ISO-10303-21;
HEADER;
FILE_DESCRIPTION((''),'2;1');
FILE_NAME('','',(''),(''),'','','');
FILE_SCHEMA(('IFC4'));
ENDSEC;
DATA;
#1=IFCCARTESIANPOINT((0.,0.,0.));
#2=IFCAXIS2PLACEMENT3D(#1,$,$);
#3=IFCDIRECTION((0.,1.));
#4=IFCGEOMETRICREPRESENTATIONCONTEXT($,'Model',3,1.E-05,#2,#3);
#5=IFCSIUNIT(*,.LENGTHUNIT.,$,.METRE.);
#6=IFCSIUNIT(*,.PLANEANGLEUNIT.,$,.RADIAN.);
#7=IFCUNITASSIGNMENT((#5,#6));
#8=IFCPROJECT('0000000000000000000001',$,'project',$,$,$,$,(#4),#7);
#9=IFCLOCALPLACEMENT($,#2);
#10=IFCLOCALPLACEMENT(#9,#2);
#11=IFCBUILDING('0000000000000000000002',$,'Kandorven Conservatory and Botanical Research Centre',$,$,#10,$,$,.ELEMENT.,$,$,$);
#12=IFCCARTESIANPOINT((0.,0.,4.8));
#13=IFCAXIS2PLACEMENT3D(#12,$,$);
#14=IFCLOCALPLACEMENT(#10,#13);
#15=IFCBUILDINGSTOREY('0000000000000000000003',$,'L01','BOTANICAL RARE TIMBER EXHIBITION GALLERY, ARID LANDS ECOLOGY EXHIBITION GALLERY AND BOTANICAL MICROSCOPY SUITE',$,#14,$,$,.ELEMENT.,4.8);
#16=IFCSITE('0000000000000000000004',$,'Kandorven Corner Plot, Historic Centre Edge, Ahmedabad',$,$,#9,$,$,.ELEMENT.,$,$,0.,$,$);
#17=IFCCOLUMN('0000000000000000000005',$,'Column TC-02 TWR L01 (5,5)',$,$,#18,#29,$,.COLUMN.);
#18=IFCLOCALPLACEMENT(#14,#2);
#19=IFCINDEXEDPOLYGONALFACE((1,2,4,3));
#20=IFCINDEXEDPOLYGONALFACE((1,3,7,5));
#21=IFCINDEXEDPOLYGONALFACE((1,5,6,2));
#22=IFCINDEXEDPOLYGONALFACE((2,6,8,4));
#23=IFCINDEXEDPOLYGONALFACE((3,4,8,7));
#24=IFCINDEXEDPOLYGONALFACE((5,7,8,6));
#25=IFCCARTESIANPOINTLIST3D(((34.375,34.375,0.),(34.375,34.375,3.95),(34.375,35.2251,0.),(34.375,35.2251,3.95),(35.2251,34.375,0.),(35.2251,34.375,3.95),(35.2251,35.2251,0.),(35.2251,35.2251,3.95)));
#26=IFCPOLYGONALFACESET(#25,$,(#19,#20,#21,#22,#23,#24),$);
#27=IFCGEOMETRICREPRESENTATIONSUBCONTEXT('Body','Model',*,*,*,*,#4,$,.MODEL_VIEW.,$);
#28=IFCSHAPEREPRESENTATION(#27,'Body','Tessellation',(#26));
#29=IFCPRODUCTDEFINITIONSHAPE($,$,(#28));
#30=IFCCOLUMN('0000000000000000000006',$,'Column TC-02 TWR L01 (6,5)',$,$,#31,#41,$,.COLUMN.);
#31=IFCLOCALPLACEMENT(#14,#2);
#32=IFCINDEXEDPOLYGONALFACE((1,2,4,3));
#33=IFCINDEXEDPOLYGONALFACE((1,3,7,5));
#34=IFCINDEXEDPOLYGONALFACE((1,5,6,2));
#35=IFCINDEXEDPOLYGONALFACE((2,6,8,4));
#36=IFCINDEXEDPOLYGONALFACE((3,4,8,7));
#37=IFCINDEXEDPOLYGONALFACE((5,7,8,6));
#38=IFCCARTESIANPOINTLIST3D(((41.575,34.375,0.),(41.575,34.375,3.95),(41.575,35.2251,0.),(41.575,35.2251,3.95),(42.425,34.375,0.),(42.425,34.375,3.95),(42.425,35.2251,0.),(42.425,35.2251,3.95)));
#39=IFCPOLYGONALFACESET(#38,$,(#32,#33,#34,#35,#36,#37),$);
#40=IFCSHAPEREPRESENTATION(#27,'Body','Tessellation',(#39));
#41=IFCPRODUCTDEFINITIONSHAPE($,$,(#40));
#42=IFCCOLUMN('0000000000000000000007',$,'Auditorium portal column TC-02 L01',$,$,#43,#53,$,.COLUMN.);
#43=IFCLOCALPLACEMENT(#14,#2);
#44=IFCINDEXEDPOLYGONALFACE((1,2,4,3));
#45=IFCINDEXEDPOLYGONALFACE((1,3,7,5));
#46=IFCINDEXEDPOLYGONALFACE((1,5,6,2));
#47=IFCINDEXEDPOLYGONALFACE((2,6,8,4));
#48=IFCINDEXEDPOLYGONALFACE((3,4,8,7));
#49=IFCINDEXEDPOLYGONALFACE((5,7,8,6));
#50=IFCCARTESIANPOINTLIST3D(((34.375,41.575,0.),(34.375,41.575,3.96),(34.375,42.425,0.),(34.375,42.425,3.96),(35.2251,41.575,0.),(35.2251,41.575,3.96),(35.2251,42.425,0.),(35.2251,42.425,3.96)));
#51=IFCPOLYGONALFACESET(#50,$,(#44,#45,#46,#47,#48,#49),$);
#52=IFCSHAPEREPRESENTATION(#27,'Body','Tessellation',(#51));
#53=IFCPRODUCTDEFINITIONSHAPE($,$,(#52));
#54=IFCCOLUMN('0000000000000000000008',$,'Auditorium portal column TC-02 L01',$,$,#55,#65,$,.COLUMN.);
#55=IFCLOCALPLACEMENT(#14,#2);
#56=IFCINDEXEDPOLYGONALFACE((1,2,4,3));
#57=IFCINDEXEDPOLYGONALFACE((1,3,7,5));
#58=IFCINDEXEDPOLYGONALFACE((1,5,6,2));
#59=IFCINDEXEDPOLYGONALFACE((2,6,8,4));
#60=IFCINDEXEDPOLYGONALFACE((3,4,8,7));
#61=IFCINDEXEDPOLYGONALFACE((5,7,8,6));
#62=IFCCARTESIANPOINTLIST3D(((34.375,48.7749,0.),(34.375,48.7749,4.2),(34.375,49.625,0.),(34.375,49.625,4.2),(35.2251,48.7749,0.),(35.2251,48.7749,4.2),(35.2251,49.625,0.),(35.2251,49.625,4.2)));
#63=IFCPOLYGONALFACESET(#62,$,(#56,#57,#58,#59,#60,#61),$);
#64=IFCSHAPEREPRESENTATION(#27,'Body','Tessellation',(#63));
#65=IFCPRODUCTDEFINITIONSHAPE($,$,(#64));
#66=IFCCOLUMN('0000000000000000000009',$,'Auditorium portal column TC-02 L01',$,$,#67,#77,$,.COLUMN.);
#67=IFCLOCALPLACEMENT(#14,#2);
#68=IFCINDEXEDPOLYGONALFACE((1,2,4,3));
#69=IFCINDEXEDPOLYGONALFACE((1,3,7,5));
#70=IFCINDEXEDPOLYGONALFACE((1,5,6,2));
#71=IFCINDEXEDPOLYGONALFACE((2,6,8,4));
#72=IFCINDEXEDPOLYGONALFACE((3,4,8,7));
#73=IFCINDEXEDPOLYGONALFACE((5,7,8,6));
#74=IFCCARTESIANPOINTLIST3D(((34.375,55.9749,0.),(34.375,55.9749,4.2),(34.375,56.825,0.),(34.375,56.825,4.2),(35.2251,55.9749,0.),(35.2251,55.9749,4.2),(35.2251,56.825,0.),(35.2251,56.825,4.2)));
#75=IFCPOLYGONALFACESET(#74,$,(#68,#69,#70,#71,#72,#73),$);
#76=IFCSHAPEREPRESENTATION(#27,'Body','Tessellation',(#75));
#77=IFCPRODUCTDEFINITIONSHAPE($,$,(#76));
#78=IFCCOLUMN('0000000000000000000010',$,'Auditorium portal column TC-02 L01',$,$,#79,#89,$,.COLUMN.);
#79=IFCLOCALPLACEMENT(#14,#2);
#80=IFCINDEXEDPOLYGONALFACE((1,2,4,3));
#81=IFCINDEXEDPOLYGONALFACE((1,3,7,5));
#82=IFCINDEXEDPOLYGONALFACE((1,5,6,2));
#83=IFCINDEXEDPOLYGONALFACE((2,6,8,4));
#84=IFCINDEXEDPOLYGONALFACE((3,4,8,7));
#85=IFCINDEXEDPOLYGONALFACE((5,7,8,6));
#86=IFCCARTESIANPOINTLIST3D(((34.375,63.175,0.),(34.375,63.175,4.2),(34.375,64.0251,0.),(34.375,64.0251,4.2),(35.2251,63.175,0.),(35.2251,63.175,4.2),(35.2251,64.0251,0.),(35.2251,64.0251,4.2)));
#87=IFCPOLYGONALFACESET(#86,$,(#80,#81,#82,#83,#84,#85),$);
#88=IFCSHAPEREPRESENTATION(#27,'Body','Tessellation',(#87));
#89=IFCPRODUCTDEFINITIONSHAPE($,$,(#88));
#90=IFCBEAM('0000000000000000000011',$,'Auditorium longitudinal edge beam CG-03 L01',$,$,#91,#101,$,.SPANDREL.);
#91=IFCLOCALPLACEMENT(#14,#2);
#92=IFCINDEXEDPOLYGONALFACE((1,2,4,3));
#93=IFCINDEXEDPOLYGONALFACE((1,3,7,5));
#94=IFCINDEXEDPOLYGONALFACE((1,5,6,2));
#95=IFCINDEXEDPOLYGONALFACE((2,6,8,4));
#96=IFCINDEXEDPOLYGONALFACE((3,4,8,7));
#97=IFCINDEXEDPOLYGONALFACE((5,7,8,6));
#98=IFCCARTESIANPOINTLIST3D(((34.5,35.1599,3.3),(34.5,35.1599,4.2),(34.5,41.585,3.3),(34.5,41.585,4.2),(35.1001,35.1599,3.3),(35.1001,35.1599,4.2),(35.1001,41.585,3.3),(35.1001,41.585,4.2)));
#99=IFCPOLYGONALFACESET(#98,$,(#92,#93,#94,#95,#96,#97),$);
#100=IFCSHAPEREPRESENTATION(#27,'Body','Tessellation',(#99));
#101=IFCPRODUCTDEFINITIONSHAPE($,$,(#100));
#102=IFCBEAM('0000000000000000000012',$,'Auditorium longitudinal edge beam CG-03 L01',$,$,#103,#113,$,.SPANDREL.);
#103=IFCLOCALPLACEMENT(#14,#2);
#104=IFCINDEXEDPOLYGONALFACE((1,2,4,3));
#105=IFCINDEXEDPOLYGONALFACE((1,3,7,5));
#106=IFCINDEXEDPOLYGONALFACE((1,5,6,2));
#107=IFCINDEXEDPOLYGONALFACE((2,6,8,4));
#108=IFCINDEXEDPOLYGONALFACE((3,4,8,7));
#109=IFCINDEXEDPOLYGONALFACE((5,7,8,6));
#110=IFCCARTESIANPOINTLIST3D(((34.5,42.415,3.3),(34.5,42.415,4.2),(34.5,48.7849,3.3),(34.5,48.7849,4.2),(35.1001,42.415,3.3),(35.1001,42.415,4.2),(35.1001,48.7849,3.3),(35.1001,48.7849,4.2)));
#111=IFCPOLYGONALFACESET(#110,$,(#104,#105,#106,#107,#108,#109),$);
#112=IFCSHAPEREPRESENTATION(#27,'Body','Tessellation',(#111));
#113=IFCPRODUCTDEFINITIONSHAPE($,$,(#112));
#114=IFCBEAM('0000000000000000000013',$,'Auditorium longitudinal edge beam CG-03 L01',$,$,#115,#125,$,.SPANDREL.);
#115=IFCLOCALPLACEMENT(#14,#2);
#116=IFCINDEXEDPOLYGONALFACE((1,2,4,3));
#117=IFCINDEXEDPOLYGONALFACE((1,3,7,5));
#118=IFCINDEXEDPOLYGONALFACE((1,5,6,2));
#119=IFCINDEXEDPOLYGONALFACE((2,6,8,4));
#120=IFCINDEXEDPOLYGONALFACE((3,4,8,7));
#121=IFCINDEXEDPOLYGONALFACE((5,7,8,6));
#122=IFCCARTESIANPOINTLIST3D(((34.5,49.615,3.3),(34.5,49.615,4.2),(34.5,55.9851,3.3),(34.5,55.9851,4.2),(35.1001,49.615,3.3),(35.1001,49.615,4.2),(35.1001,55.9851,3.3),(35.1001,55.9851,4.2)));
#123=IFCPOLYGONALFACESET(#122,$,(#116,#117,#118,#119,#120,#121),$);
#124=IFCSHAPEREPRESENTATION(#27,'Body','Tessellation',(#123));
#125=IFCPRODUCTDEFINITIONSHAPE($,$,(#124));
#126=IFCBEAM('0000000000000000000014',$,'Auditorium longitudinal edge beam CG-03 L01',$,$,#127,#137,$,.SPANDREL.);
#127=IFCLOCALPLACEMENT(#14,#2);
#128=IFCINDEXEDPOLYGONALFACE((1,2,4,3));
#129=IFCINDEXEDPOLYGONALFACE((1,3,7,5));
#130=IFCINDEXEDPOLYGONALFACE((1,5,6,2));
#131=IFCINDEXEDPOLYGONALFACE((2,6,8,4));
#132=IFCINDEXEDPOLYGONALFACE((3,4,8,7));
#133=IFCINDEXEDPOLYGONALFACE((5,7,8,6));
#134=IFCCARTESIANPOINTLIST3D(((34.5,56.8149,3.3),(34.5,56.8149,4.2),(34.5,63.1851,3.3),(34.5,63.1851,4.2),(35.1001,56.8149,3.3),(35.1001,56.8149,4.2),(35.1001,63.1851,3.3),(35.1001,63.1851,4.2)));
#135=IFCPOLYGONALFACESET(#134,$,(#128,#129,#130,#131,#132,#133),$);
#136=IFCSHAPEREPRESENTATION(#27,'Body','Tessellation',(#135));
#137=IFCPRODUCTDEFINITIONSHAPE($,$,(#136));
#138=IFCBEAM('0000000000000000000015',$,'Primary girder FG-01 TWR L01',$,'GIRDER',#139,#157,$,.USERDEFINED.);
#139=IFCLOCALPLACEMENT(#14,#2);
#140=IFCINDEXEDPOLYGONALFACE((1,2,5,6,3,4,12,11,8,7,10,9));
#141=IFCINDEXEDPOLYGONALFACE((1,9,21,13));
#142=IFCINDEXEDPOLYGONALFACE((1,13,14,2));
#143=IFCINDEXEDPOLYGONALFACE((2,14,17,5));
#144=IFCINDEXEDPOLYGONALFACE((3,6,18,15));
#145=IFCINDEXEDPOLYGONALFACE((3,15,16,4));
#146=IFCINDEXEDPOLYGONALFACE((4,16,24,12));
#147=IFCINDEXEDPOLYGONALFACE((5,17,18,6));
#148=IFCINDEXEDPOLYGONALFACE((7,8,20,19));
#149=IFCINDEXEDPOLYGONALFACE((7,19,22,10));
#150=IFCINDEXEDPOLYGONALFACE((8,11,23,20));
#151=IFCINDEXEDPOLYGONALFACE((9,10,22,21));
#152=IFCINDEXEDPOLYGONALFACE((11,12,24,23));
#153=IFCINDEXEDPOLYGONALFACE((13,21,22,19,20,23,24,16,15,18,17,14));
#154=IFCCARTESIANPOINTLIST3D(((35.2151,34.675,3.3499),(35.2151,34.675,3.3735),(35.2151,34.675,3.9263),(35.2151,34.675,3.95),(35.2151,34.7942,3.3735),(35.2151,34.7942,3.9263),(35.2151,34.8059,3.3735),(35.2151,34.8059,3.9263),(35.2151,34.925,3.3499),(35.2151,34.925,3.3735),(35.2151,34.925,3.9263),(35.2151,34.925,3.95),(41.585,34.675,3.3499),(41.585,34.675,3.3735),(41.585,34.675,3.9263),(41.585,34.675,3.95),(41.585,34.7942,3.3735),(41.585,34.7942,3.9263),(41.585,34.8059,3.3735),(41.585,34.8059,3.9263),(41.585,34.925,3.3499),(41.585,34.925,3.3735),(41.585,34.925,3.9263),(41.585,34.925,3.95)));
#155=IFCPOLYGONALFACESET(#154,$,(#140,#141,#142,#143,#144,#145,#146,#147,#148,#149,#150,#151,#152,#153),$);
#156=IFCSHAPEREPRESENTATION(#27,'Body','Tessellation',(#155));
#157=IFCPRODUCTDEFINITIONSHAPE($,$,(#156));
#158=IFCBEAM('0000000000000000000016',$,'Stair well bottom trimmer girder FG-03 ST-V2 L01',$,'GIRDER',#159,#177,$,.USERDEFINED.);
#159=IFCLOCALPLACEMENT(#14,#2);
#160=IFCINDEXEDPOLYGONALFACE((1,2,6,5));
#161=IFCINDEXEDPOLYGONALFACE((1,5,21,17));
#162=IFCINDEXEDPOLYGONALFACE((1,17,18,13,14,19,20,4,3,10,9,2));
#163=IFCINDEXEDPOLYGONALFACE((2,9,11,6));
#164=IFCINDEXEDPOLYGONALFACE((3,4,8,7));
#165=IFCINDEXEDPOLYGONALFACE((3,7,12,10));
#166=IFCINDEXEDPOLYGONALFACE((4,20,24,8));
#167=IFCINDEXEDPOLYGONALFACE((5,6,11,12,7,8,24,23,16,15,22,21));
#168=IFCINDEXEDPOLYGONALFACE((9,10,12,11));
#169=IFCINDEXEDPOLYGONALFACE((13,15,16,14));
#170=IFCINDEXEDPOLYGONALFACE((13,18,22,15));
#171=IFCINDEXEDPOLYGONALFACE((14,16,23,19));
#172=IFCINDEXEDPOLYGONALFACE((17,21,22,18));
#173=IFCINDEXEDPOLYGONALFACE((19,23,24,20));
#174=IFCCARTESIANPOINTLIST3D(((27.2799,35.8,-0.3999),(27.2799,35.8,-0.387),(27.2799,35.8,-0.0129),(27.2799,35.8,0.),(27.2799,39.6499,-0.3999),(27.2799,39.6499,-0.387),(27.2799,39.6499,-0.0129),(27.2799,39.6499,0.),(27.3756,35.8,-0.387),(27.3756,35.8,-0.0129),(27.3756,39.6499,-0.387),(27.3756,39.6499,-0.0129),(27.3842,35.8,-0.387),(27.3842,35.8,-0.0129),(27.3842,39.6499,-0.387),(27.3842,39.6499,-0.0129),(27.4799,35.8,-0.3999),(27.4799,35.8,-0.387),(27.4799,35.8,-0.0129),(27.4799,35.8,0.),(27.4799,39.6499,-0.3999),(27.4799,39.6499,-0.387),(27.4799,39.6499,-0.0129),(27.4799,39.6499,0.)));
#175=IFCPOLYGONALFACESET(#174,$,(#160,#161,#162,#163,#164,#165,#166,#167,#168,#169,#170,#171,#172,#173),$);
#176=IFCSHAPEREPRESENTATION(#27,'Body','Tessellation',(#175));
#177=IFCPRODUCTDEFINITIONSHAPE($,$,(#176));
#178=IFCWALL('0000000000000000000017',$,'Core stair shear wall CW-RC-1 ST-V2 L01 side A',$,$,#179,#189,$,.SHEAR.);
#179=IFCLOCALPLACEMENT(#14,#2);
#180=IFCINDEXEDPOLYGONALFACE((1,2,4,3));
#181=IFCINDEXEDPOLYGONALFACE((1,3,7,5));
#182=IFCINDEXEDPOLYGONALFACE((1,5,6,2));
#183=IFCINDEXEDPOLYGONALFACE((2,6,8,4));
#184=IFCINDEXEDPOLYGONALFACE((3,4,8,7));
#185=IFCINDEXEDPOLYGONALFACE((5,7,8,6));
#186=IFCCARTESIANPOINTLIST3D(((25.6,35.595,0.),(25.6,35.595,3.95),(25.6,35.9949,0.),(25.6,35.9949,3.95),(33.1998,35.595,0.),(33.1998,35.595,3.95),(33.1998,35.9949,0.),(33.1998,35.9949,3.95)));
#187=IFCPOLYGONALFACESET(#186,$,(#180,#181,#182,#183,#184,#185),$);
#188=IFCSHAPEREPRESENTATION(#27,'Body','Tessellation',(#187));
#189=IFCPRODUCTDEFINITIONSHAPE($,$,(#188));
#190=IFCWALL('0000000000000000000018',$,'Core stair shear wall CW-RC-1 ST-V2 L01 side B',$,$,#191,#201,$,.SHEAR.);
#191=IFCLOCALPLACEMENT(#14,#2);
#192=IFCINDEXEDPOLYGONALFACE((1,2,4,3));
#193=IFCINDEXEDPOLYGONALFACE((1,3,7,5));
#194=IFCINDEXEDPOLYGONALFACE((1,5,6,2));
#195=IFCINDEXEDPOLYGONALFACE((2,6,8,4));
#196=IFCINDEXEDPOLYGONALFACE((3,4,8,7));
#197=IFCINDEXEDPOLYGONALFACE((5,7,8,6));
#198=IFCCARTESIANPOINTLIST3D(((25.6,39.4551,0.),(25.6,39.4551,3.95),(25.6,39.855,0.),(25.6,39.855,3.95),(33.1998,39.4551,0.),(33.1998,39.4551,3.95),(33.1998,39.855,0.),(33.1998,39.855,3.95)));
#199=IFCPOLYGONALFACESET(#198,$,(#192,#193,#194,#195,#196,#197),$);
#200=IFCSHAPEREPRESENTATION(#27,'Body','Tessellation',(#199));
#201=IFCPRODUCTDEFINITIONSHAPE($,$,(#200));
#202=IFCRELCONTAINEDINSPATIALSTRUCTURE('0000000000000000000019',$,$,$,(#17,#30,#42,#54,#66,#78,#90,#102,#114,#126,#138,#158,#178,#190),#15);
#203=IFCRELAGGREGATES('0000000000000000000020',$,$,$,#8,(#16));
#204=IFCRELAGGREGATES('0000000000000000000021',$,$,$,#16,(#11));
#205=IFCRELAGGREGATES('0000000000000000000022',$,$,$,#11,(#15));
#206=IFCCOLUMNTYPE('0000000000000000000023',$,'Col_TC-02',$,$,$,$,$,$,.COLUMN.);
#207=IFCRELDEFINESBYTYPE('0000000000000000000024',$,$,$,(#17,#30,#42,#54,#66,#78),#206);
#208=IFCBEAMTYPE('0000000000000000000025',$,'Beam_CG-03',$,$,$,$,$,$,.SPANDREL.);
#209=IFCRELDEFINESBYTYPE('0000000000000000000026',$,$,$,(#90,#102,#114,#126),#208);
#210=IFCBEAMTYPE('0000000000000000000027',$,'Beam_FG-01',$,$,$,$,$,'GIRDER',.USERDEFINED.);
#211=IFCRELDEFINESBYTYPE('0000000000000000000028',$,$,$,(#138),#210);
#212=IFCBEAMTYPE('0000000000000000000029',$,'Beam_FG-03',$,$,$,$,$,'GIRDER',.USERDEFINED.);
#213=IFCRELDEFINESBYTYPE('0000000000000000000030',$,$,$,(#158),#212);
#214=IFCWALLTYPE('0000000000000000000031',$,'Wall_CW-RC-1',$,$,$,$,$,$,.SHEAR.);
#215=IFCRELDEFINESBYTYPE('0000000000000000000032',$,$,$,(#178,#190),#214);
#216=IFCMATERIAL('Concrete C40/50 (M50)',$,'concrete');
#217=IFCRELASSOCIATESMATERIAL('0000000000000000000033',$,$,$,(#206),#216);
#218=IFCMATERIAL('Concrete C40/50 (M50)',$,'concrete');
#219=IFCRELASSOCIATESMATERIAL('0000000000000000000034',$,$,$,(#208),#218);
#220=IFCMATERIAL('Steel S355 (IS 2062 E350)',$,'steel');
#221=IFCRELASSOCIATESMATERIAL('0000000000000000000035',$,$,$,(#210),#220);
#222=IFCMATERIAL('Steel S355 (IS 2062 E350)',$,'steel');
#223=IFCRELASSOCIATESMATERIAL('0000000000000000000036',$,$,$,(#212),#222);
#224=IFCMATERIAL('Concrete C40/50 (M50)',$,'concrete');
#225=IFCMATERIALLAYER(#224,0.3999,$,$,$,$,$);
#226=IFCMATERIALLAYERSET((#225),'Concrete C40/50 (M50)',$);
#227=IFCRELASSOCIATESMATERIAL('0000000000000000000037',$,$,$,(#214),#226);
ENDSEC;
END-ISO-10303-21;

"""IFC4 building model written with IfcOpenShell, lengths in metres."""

from ifc_helpers import new_model, si_unit, direction, frame, frame_2d, origin, origin_2d, place, context, subcontext, project, spatial, rectangle, i_section, extrude, material, layer, layer_set, material_profile, profile_set, type_object, element, save


model = new_model("IFC4")

# Units and contexts
model_context = context("Model", 3, precision=1e-05, world=origin(), true_north=direction((0.0, 1.0)))
body_context = subcontext(model_context, "Body", "Model", "MODEL_VIEW")
ifc_project = project(units=[si_unit("LENGTHUNIT", "METRE"), si_unit("PLANEANGLEUNIT", "RADIAN")], contexts=[model_context])

# Site, building, storey
site_placement = place(None, origin())
site = spatial("IfcSite", under=ifc_project, at=site_placement, Name="Kandorven Corner Plot, Historic Centre Edge, Ahmedabad", CompositionType="ELEMENT", RefElevation=0.0)
building_placement = place(site_placement, origin())
building = spatial("IfcBuilding", under=site, at=building_placement, Name="Kandorven Conservatory and Botanical Research Centre", CompositionType="ELEMENT")
storey_placement = place(building_placement, frame((0.0, 0.0, 4.8)))
storey = spatial("IfcBuildingStorey", under=building, at=storey_placement, Name="L01", Description="BOTANICAL RARE TIMBER EXHIBITION GALLERY, ARID LANDS ECOLOGY EXHIBITION GALLERY AND BOTANICAL MICROSCOPY SUITE", CompositionType="ELEMENT", Elevation=4.8)

# Columns
ifc_material_1 = material(Name="Concrete C40/50 (M50)", Category="concrete")
ifc_material_profile_1 = material_profile(ifc_material_1, rectangle(XDim=0.8501, YDim=0.8501, at=origin_2d()))
ifc_profile_set_1 = profile_set([ifc_material_profile_1], Name="Concrete C40/50 (M50)")
column_type = type_object("IfcColumnType", Name="Col_TC-02", PredefinedType="COLUMN", material=ifc_profile_set_1)
for number, where, z_axis, x_axis, name in (
    (1, (34.8, 34.8, 0.0), (0.0, 0.0, 1.0), (1.0, 0.0, 0.0), "Column TC-02 TWR L01 (5,5)"),
    (2, (42.0, 34.8, 0.0), (0.0, 0.0, 1.0), (1.0, 0.0, 0.0), "Column TC-02 TWR L01 (6,5)"),
):
    element("IfcColumn", number, at=place(storey_placement, frame(where, z_axis=z_axis, x_axis=x_axis)), inside=storey, type_object=column_type, Name=name, PredefinedType="COLUMN", context=body_context, shape_type="SweptSolid", body=[
        extrude(rectangle(XDim=0.8501, YDim=0.8501, at=origin_2d()), origin(), (0.0, 0.0, 1.0), 3.95),
    ])
column_placement = place(storey_placement, frame((34.8, 42.0, 0.0), z_axis=(0.0, 0.0, 1.0), x_axis=(1.0, 0.0, 0.0)))
element("IfcColumn", 3, at=column_placement, inside=storey, type_object=column_type, Name="Auditorium portal column TC-02 L01", PredefinedType="COLUMN", context=body_context, shape_type="SweptSolid", body=[
    extrude(rectangle(XDim=0.8501, YDim=0.8501, at=origin_2d()), origin(), (0.0, 0.0, 1.0), 3.96),
])
for number, where, z_axis, x_axis, name in (
    (4, (34.8, 49.2, 0.0), (0.0, 0.0, 1.0), (1.0, 0.0, 0.0), "Auditorium portal column TC-02 L01"),
    (5, (34.8, 56.3999, 0.0), (0.0, 0.0, 1.0), (1.0, 0.0, 0.0), "Auditorium portal column TC-02 L01"),
    (6, (34.8, 63.6001, 0.0), (0.0, 0.0, 1.0), (1.0, 0.0, 0.0), "Auditorium portal column TC-02 L01"),
):
    element("IfcColumn", number, at=place(storey_placement, frame(where, z_axis=z_axis, x_axis=x_axis)), inside=storey, type_object=column_type, Name=name, PredefinedType="COLUMN", context=body_context, shape_type="SweptSolid", body=[
        extrude(rectangle(XDim=0.8501, YDim=0.8501, at=origin_2d()), origin(), (0.0, 0.0, 1.0), 4.2),
    ])

# Beams
ifc_material_2 = material(Name="Concrete C40/50 (M50)", Category="concrete")
ifc_material_profile_2 = material_profile(ifc_material_2, rectangle(XDim=0.6001, YDim=0.8999, at=origin_2d()))
ifc_profile_set_2 = profile_set([ifc_material_profile_2], Name="Concrete C40/50 (M50)")
beam_type_1 = type_object("IfcBeamType", Name="Beam_CG-03", PredefinedType="SPANDREL", material=ifc_profile_set_2)
beam_1_placement = place(storey_placement, frame((34.8, 35.1599, 3.75), z_axis=(0.0, 1.0, 0.0), x_axis=(-1.0, 0.0, 0.0)))
element("IfcBeam", 7, at=beam_1_placement, inside=storey, type_object=beam_type_1, Name="Auditorium longitudinal edge beam CG-03 L01", PredefinedType="SPANDREL", context=body_context, shape_type="SweptSolid", body=[
    extrude(rectangle(XDim=0.6001, YDim=0.8999, at=origin_2d()), origin(), (0.0, 0.0, 1.0), 6.425),
])
beam_2_placement = place(storey_placement, frame((34.8, 42.415, 3.75), z_axis=(0.0, 1.0, 0.0), x_axis=(-1.0, 0.0, 0.0)))
element("IfcBeam", 8, at=beam_2_placement, inside=storey, type_object=beam_type_1, Name="Auditorium longitudinal edge beam CG-03 L01", PredefinedType="SPANDREL", context=body_context, shape_type="SweptSolid", body=[
    extrude(rectangle(XDim=0.6001, YDim=0.8999, at=origin_2d()), origin(), (0.0, 0.0, 1.0), 6.3699),
])
for number, where, z_axis, x_axis, name in (
    (9, (34.8, 49.615, 3.75), (0.0, 1.0, 0.0), (-1.0, 0.0, 0.0), "Auditorium longitudinal edge beam CG-03 L01"),
    (10, (34.8, 56.8149, 3.75), (0.0, 1.0, 0.0), (-1.0, 0.0, 0.0), "Auditorium longitudinal edge beam CG-03 L01"),
):
    element("IfcBeam", number, at=place(storey_placement, frame(where, z_axis=z_axis, x_axis=x_axis)), inside=storey, type_object=beam_type_1, Name=name, PredefinedType="SPANDREL", context=body_context, shape_type="SweptSolid", body=[
        extrude(rectangle(XDim=0.6001, YDim=0.8999, at=origin_2d()), origin(), (0.0, 0.0, 1.0), 6.3701),
    ])
ifc_material_3 = material(Name="Steel S355 (IS 2062 E350)", Category="steel")
ifc_material_profile_3 = material_profile(ifc_material_3, i_section(OverallWidth=0.25, OverallDepth=0.6001, WebThickness=0.0117, FlangeThickness=0.0237, at=origin_2d()))
ifc_profile_set_3 = profile_set([ifc_material_profile_3], Name="Steel S355 (IS 2062 E350)")
beam_type_2 = type_object("IfcBeamType", Name="Beam_FG-01", ElementType="GIRDER", PredefinedType="USERDEFINED", material=ifc_profile_set_3)
beam_3_placement = place(storey_placement, frame((35.2151, 34.8, 3.6499), z_axis=(1.0, 0.0, 0.0), x_axis=(0.0, 1.0, 0.0)))
element("IfcBeam", 11, at=beam_3_placement, inside=storey, type_object=beam_type_2, Name="Primary girder FG-01 TWR L01", ObjectType="GIRDER", PredefinedType="USERDEFINED", context=body_context, shape_type="SweptSolid", body=[
    extrude(i_section(OverallWidth=0.25, OverallDepth=0.6001, WebThickness=0.0117, FlangeThickness=0.0237, at=origin_2d()), origin(), (0.0, 0.0, 1.0), 6.3699),
])
ifc_material_4 = material(Name="Steel S355 (IS 2062 E350)", Category="steel")
ifc_material_profile_4 = material_profile(ifc_material_4, i_section(OverallWidth=0.2, OverallDepth=0.3999, WebThickness=0.0085, FlangeThickness=0.0129, at=origin_2d()))
ifc_profile_set_4 = profile_set([ifc_material_profile_4], Name="Steel S355 (IS 2062 E350)")
beam_type_3 = type_object("IfcBeamType", Name="Beam_FG-03", ElementType="GIRDER", PredefinedType="USERDEFINED", material=ifc_profile_set_4)
beam_4_placement = place(storey_placement, frame((27.3799, 35.8, -0.2), z_axis=(0.0, 1.0, 0.0), x_axis=(-1.0, 0.0, 0.0)))
element("IfcBeam", 12, at=beam_4_placement, inside=storey, type_object=beam_type_3, Name="Stair well bottom trimmer girder FG-03 ST-V2 L01", ObjectType="GIRDER", PredefinedType="USERDEFINED", context=body_context, shape_type="SweptSolid", body=[
    extrude(i_section(OverallWidth=0.2, OverallDepth=0.3999, WebThickness=0.0085, FlangeThickness=0.0129, at=origin_2d()), origin(), (0.0, 0.0, 1.0), 3.8499),
])

# Walls
ifc_material_5 = material(Name="Concrete C40/50 (M50)", Category="concrete")
ifc_layer_1 = layer(ifc_material_5, 0.3999)
ifc_layer_set_1 = layer_set([ifc_layer_1], Name="Concrete C40/50 (M50)")
wall_type_1 = type_object("IfcWallType", Name="Wall_CW-RC-1", PredefinedType="SHEAR", material=ifc_layer_set_1)
for number, where, z_axis, x_axis, name in (
    (13, (25.6001, 35.7949, 0.0), (0.0, 0.0, 1.0), (1.0, 0.0, 0.0), "Core stair shear wall CW-RC-1 ST-V2 L01 side A"),
    (14, (25.6001, 39.655, 0.0), (0.0, 0.0, 1.0), (1.0, 0.0, 0.0), "Core stair shear wall CW-RC-1 ST-V2 L01 side B"),
):
    element("IfcWall", number, at=place(storey_placement, frame(where, z_axis=z_axis, x_axis=x_axis)), inside=storey, type_object=wall_type_1, Name=name, PredefinedType="SHEAR", context=body_context, shape_type="SweptSolid", body=[
        extrude(rectangle(XDim=7.5999, YDim=0.3999, at=frame_2d((3.7998, 0.0))), origin(), (0.0, 0.0, 1.0), 3.95),
    ])

save(model, "model.ifc")
